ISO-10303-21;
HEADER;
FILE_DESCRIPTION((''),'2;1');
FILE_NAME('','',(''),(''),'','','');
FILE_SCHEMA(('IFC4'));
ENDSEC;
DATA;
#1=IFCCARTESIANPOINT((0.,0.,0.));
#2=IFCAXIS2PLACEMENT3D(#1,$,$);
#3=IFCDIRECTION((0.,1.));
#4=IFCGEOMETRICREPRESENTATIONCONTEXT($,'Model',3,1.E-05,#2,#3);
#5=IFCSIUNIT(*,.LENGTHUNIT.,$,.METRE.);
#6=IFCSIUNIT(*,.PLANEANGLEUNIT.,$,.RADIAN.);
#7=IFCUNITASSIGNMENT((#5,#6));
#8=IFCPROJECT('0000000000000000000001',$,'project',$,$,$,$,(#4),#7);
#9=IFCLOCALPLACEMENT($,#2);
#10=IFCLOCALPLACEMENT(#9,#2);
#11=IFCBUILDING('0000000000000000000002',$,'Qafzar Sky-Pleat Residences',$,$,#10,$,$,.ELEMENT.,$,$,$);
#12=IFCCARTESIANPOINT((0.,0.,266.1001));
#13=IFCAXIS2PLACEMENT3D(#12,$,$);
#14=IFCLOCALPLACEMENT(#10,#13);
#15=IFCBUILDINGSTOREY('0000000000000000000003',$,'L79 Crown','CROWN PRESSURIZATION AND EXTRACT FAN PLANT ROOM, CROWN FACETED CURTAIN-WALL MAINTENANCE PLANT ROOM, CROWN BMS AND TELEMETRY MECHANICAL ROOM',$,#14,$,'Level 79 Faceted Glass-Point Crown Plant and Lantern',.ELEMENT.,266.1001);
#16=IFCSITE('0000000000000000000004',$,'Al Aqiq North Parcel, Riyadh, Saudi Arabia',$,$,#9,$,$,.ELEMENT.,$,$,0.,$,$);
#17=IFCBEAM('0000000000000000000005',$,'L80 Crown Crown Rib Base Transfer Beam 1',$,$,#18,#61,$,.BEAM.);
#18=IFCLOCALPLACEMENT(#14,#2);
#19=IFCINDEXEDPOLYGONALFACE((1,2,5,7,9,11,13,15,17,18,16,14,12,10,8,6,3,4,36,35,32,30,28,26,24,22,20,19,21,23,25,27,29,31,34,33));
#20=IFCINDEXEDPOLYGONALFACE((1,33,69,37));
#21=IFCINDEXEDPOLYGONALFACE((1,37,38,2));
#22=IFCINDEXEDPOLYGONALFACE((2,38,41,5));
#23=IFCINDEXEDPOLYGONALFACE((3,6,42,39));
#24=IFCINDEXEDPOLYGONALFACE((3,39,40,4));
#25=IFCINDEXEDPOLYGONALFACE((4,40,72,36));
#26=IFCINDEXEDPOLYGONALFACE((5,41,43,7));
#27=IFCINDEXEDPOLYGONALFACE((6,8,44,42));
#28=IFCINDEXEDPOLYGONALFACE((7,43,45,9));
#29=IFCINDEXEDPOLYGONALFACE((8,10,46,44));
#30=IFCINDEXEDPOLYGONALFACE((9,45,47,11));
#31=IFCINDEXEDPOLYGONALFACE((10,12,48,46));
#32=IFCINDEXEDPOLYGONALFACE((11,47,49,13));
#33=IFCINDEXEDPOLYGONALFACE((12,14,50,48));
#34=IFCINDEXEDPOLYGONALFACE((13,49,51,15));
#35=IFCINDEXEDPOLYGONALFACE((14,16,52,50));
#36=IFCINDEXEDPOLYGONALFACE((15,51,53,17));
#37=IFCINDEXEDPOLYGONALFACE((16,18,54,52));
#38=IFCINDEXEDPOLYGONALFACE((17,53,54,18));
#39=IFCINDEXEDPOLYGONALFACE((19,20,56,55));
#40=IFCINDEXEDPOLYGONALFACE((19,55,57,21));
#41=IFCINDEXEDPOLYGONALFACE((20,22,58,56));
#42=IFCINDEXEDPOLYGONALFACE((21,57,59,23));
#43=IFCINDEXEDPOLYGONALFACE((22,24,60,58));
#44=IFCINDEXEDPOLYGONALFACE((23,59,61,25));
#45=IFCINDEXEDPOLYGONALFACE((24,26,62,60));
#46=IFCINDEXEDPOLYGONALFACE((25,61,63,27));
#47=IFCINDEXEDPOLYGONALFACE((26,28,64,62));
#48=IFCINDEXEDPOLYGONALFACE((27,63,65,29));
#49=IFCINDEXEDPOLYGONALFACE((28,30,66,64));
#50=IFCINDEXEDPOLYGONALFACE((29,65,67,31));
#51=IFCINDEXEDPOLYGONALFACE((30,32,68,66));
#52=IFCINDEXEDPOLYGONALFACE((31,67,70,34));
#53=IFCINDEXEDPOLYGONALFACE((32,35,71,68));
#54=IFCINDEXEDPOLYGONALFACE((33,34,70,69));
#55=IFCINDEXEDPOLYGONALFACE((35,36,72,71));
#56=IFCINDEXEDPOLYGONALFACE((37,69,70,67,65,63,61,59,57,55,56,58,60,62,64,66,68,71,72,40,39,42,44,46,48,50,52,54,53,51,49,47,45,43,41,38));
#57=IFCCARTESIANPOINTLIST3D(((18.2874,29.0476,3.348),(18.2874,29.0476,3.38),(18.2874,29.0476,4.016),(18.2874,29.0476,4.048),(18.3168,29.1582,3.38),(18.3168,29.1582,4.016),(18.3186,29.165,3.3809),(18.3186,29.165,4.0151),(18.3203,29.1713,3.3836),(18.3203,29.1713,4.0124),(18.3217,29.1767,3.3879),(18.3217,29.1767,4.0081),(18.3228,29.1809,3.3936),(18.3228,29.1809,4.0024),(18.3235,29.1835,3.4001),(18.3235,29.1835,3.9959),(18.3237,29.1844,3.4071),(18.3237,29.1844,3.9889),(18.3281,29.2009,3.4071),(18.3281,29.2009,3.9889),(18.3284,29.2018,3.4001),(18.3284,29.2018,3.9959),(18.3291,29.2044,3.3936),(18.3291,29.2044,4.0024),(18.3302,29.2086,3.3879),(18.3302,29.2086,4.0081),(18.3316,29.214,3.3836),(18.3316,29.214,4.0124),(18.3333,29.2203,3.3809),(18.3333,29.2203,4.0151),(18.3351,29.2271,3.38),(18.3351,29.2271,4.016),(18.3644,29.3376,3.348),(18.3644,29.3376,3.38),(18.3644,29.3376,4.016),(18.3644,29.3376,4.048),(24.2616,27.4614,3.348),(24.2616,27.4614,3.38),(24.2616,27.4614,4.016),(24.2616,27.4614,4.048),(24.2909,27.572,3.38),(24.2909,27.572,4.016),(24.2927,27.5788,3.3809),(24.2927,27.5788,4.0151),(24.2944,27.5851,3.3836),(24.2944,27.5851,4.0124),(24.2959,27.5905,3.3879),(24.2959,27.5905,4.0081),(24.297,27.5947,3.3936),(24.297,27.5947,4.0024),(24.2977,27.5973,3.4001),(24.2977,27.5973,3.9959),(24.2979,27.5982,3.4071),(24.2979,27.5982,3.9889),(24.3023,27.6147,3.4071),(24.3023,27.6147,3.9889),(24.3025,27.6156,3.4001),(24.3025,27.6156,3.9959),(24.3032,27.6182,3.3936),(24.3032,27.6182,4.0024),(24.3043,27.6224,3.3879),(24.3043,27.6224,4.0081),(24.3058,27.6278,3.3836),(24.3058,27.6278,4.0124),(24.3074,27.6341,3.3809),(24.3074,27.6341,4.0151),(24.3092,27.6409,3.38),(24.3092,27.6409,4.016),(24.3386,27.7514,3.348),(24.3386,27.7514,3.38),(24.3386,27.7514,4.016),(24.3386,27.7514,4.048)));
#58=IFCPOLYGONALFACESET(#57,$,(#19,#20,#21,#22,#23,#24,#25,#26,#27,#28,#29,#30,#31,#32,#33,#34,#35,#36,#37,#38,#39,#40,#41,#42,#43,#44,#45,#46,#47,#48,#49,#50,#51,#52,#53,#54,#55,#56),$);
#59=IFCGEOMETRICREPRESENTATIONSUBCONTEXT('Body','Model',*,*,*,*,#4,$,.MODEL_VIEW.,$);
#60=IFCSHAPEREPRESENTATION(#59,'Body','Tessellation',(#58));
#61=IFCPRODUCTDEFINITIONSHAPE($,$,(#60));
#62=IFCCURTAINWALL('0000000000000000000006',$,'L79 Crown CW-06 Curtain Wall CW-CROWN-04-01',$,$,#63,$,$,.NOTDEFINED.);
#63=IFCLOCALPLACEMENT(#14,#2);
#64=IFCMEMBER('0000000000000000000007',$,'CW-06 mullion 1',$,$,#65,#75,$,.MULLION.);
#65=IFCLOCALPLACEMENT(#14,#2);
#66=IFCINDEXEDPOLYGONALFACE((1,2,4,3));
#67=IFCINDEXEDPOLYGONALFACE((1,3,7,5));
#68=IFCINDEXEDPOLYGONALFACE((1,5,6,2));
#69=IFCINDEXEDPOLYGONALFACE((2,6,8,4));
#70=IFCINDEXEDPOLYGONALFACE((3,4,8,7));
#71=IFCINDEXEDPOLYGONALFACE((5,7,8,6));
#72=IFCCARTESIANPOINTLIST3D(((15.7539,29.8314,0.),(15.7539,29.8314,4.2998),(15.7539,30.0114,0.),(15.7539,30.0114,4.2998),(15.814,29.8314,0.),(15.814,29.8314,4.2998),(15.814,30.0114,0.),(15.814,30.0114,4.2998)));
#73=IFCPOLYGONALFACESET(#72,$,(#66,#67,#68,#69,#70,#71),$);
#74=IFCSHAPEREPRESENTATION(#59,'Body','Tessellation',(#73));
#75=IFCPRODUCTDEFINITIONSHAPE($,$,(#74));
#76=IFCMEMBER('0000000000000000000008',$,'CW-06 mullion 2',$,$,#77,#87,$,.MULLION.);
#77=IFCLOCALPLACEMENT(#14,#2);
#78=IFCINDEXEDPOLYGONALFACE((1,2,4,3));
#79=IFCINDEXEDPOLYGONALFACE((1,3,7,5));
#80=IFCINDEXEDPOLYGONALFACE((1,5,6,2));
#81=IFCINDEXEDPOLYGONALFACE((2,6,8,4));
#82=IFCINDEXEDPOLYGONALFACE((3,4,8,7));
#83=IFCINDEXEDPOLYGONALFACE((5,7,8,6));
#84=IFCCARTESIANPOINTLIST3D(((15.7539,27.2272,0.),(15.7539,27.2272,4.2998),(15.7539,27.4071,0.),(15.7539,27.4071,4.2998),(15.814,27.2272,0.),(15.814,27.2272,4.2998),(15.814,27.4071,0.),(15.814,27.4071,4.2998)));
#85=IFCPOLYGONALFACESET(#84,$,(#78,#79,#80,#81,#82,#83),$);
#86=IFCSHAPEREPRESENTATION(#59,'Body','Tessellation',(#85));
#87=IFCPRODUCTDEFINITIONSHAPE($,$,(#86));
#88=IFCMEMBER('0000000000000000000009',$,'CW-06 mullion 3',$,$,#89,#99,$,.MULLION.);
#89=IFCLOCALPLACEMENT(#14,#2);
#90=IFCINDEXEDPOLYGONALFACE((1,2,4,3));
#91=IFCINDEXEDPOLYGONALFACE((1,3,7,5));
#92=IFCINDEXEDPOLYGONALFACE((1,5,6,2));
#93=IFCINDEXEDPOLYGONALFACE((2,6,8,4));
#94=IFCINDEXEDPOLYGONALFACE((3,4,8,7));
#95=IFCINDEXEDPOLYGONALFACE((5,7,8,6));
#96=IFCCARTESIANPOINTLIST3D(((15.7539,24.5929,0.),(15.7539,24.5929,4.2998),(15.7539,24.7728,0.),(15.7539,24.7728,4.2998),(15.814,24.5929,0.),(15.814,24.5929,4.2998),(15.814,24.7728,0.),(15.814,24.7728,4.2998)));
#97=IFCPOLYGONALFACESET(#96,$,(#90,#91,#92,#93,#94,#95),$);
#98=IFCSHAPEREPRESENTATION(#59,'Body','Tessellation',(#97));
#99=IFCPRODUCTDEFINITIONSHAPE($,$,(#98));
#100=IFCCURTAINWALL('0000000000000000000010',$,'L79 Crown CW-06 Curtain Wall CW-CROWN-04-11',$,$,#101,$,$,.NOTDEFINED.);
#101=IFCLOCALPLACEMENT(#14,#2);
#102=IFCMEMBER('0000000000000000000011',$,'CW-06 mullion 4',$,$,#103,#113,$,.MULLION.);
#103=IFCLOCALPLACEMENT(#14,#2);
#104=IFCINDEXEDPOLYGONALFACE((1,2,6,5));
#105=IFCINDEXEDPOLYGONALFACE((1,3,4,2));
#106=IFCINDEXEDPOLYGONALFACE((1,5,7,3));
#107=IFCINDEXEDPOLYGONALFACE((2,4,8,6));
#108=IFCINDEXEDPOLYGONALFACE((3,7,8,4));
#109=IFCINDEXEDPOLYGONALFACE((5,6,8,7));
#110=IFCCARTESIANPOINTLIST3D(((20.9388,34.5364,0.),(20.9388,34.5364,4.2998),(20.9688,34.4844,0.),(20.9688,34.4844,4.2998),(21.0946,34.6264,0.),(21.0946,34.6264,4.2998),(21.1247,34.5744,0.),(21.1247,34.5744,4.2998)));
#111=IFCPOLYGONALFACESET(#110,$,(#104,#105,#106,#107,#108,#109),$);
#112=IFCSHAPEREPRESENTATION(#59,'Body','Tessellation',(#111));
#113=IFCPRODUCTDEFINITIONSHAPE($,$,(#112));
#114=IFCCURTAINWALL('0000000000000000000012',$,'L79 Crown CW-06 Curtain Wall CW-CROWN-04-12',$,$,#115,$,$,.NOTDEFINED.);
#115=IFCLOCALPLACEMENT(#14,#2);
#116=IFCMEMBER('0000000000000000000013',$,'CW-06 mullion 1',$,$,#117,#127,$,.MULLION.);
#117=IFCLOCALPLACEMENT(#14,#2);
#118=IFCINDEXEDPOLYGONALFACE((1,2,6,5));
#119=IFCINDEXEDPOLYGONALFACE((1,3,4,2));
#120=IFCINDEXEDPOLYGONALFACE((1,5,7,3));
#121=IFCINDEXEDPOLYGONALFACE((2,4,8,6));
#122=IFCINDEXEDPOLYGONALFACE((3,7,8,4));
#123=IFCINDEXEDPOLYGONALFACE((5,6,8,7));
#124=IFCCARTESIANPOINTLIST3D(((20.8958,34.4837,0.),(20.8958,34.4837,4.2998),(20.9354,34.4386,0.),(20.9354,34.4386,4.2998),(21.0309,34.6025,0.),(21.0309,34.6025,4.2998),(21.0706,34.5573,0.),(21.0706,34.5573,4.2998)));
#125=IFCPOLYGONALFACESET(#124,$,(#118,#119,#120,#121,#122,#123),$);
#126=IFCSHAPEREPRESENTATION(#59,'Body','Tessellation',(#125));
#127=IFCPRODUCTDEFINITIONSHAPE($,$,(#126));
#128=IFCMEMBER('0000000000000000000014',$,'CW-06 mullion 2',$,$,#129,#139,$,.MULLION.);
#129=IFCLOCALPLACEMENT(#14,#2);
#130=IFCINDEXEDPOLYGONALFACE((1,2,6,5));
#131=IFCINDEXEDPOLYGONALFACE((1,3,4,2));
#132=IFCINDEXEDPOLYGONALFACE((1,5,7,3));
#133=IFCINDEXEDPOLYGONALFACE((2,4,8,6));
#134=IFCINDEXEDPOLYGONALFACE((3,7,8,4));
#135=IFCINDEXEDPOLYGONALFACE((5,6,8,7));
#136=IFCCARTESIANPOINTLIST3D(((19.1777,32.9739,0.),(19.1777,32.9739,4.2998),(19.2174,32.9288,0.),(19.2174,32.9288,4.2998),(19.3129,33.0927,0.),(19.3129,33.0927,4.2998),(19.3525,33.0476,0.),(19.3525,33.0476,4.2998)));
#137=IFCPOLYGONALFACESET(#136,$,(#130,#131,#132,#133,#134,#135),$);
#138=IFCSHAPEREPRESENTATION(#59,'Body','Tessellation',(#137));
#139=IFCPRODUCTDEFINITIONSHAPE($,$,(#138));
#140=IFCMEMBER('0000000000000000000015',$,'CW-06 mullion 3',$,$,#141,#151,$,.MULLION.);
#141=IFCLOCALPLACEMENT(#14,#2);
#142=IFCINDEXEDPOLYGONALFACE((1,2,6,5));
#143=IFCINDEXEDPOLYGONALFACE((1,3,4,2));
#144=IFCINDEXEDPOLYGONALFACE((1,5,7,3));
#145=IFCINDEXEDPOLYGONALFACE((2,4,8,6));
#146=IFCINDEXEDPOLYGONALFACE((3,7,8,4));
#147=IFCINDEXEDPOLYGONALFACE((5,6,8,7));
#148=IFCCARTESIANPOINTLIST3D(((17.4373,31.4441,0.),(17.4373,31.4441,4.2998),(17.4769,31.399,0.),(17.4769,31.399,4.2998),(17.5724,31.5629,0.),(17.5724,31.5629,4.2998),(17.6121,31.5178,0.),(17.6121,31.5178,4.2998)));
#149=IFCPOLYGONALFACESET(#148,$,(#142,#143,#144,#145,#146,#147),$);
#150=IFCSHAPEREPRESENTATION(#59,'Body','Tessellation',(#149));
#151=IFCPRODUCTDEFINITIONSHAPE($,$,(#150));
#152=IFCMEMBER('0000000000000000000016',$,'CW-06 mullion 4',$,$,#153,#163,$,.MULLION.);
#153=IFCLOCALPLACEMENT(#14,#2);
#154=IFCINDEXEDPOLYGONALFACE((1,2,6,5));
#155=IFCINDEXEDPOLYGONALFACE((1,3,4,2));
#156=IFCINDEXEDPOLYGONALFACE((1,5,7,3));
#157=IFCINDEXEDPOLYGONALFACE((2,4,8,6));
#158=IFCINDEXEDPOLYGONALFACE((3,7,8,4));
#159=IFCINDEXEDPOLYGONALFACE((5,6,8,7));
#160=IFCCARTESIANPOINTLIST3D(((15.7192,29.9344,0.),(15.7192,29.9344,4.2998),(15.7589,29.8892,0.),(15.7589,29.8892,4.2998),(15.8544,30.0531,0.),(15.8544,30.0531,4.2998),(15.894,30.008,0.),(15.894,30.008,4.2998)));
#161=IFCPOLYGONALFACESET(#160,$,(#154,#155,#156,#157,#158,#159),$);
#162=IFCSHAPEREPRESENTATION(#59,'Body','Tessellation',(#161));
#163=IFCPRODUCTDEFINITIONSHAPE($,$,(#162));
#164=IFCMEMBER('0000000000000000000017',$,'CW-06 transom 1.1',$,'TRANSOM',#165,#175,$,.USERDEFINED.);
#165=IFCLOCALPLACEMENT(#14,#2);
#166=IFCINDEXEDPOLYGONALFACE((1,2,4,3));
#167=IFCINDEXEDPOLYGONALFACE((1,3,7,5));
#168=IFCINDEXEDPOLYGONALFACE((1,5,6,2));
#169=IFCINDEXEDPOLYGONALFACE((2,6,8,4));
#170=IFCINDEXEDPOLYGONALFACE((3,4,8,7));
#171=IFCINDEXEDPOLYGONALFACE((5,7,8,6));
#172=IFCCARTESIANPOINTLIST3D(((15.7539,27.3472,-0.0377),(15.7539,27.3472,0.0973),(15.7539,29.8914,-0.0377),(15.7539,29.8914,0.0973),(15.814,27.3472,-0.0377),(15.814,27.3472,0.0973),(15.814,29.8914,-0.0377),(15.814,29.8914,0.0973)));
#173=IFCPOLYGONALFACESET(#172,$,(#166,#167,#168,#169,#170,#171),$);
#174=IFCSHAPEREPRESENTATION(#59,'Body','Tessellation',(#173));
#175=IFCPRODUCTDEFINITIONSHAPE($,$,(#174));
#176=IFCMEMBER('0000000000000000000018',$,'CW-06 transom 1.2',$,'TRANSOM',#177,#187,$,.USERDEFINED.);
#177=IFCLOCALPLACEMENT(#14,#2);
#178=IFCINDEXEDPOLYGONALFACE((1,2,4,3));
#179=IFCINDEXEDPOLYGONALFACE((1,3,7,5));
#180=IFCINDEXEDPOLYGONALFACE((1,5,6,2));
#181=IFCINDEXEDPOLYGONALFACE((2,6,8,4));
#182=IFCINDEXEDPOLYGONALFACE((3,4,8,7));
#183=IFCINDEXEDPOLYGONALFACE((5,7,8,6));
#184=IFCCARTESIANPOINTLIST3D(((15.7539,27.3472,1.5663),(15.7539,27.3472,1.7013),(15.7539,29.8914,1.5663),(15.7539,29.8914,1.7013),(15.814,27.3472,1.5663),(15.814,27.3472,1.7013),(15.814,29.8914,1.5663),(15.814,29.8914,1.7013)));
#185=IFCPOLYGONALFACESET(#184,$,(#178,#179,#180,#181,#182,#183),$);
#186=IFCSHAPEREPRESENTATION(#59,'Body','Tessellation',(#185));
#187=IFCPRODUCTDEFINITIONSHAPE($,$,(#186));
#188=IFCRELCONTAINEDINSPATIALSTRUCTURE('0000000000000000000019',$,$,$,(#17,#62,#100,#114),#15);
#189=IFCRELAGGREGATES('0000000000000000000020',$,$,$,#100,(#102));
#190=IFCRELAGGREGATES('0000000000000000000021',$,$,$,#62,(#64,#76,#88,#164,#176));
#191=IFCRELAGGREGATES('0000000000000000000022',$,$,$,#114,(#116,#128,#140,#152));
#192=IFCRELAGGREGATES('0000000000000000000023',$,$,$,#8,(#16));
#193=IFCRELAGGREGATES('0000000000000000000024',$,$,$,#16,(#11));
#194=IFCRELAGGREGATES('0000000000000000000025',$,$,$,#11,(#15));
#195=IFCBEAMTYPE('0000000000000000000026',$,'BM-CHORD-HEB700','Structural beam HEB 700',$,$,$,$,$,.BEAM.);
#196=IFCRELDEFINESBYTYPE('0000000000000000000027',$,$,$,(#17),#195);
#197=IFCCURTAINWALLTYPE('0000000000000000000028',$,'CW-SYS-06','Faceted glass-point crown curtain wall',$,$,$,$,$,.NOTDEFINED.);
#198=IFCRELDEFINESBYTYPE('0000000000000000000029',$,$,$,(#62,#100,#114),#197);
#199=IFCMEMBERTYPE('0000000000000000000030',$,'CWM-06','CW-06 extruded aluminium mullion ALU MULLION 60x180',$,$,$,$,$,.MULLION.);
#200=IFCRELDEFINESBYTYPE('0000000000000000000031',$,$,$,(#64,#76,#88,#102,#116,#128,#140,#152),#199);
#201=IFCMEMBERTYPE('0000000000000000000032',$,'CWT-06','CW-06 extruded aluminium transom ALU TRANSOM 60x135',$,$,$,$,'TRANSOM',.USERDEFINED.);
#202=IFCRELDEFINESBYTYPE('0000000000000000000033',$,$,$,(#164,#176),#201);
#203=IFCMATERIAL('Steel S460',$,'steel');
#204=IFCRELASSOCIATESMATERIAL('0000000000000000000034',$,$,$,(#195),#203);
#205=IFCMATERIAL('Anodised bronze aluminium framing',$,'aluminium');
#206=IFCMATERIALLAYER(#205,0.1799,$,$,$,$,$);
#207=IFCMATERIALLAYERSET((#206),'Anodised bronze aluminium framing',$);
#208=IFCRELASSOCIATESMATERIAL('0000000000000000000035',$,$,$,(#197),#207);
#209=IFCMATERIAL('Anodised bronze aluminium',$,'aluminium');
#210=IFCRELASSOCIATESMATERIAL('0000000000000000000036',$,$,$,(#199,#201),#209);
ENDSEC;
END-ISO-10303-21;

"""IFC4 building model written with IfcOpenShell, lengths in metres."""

from ifc_helpers import new_model, si_unit, direction, frame, origin, origin_2d, place, context, subcontext, project, spatial, rectangle, i_section, extrude, source, transform, mapped, material, layer, layer_set, material_profile, profile_set, type_object, element, aggregate, save


model = new_model("IFC4")

# Units and contexts
model_context = context("Model", 3, precision=1e-05, world=origin(), true_north=direction((0.0, 1.0)))
body_context = subcontext(model_context, "Body", "Model", "MODEL_VIEW")
ifc_project = project(units=[si_unit("LENGTHUNIT", "METRE"), si_unit("PLANEANGLEUNIT", "RADIAN")], contexts=[model_context])

# Site, building, storey
site_placement = place(None, origin())
site = spatial("IfcSite", under=ifc_project, at=site_placement, Name="Al Aqiq North Parcel, Riyadh, Saudi Arabia", CompositionType="ELEMENT", RefElevation=0.0)
building_placement = place(site_placement, origin())
building = spatial("IfcBuilding", under=site, at=building_placement, Name="Qafzar Sky-Pleat Residences", CompositionType="ELEMENT")
storey_placement = place(building_placement, frame((0.0, 0.0, 266.1001)))
storey = spatial("IfcBuildingStorey", under=building, at=storey_placement, Name="L79 Crown", Description="CROWN PRESSURIZATION AND EXTRACT FAN PLANT ROOM, CROWN FACETED CURTAIN-WALL MAINTENANCE PLANT ROOM, CROWN BMS AND TELEMETRY MECHANICAL ROOM", LongName="Level 79 Faceted Glass-Point Crown Plant and Lantern", CompositionType="ELEMENT", Elevation=266.1001)

# Shared definitions
ifc_material_1 = material(Name="Steel S460", Category="steel")

# Beam
ifc_material_profile_1 = material_profile(ifc_material_1, i_section(OverallWidth=0.3, OverallDepth=0.7, WebThickness=0.0171, FlangeThickness=0.032, FilletRadius=0.0271, at=origin_2d()), Name="HEB 700")
ifc_profile_set_1 = profile_set([ifc_material_profile_1], Name="Steel S460")
beam_type = type_object("IfcBeamType", Name="BM-CHORD-HEB700", Description="Structural beam HEB 700", PredefinedType="BEAM", material=ifc_profile_set_1)
shared_shape_1 = source(origin(), body_context, "Body", "SweptSolid", [
    extrude(i_section(OverallWidth=0.3, OverallDepth=0.7, WebThickness=0.0171, FlangeThickness=0.032, FilletRadius=0.0271, at=origin_2d()), origin(), (0.0, 0.0, 1.0), 6.1812),
])
beam_placement = place(storey_placement, frame((18.3259, 29.1926, 3.698), z_axis=(0.966513, -0.256618, 0.0), x_axis=(0.256618, 0.966513, 0.0)))
element("IfcBeam", 1, at=beam_placement, inside=storey, type_object=beam_type, Name="L80 Crown Crown Rib Base Transfer Beam 1", PredefinedType="BEAM", context=body_context, shape_type="MappedRepresentation", body=[
    mapped(shared_shape_1, transform((0.0, 0.0, 0.0), x_axis=(1.0, 0.0, 0.0), y_axis=(0.0, 1.0, 0.0), z_axis=(0.0, 0.0, 1.0), scale=1.0)),
])

# Curtain wall, members
ifc_material_2 = material(Name="Anodised bronze aluminium framing", Category="aluminium")
ifc_layer_1 = layer(ifc_material_2, 0.1799)
ifc_layer_set_1 = layer_set([ifc_layer_1], Name="Anodised bronze aluminium framing")
curtain_wall_type = type_object("IfcCurtainWallType", Name="CW-SYS-06", Description="Faceted glass-point crown curtain wall", PredefinedType="NOTDEFINED", material=ifc_layer_set_1)
curtain_wall_1_placement = place(storey_placement, origin())
curtain_wall_1 = element("IfcCurtainWall", 2, at=curtain_wall_1_placement, inside=storey, type_object=curtain_wall_type, Name="L79 Crown CW-06 Curtain Wall CW-CROWN-04-01", PredefinedType="NOTDEFINED")
ifc_material_3 = material(Name="Anodised bronze aluminium", Category="aluminium")
ifc_material_profile_2 = material_profile(ifc_material_3, rectangle(XDim=0.0601, YDim=0.1799, at=origin_2d()), Name="ALU MULLION 60x180")
ifc_profile_set_2 = profile_set([ifc_material_profile_2], Name="Anodised bronze aluminium")
member_type_1 = type_object("IfcMemberType", Name="CWM-06", Description="CW-06 extruded aluminium mullion ALU MULLION 60x180", PredefinedType="MULLION", material=ifc_profile_set_2)
shared_shape_2 = source(origin(), body_context, "Body", "SweptSolid", [
    extrude(rectangle(XDim=0.0601, YDim=0.1799, at=origin_2d()), origin(), (0.0, 0.0, 1.0), 4.2998),
])
member_1_placement = place(storey_placement, frame((15.7839, 29.9214, 0.0), z_axis=(0.0, 0.0, 1.0), x_axis=(1.0, 0.0, 0.0)))
member_1 = element("IfcMember", 3, at=member_1_placement, type_object=member_type_1, Name="CW-06 mullion 1", PredefinedType="MULLION", context=body_context, shape_type="MappedRepresentation", body=[
    mapped(shared_shape_2, transform((0.0, 0.0, 0.0), x_axis=(1.0, 0.0, 0.0), y_axis=(0.0, 1.0, 0.0), z_axis=(0.0, 0.0, 1.0), scale=1.0)),
])
member_2_placement = place(storey_placement, frame((15.7839, 27.3171, 0.0), z_axis=(0.0, 0.0, 1.0), x_axis=(1.0, 0.0, 0.0)))
member_2 = element("IfcMember", 4, at=member_2_placement, type_object=member_type_1, Name="CW-06 mullion 2", PredefinedType="MULLION", context=body_context, shape_type="MappedRepresentation", body=[
    mapped(shared_shape_2, transform((0.0, 0.0, 0.0), x_axis=(1.0, 0.0, 0.0), y_axis=(0.0, 1.0, 0.0), z_axis=(0.0, 0.0, 1.0), scale=1.0)),
])
member_3_placement = place(storey_placement, frame((15.7839, 24.6829, 0.0), z_axis=(0.0, 0.0, 1.0), x_axis=(1.0, 0.0, 0.0)))
member_3 = element("IfcMember", 5, at=member_3_placement, type_object=member_type_1, Name="CW-06 mullion 3", PredefinedType="MULLION", context=body_context, shape_type="MappedRepresentation", body=[
    mapped(shared_shape_2, transform((0.0, 0.0, 0.0), x_axis=(1.0, 0.0, 0.0), y_axis=(0.0, 1.0, 0.0), z_axis=(0.0, 0.0, 1.0), scale=1.0)),
])

# Curtain wall, member
curtain_wall_2_placement = place(storey_placement, origin())
curtain_wall_2 = element("IfcCurtainWall", 6, at=curtain_wall_2_placement, inside=storey, type_object=curtain_wall_type, Name="L79 Crown CW-06 Curtain Wall CW-CROWN-04-11", PredefinedType="NOTDEFINED")
member_4_placement = place(storey_placement, frame((21.0317, 34.5554, 0.0), z_axis=(0.0, 0.0, 1.0), x_axis=(0.500003, -0.866024, 0.0)))
member_4 = element("IfcMember", 7, at=member_4_placement, type_object=member_type_1, Name="CW-06 mullion 4", PredefinedType="MULLION", context=body_context, shape_type="MappedRepresentation", body=[
    mapped(shared_shape_2, transform((0.0, 0.0, 0.0), x_axis=(1.0, 0.0, 0.0), y_axis=(0.0, 1.0, 0.0), z_axis=(0.0, 0.0, 1.0), scale=1.0)),
])
aggregate(curtain_wall_2, [member_4])

# Curtain wall, members
curtain_wall_3_placement = place(storey_placement, origin())
curtain_wall_3 = element("IfcCurtainWall", 8, at=curtain_wall_3_placement, inside=storey, type_object=curtain_wall_type, Name="L79 Crown CW-06 Curtain Wall CW-CROWN-04-12", PredefinedType="NOTDEFINED")
member_5_placement = place(storey_placement, frame((20.9832, 34.5205, 0.0), z_axis=(0.0, 0.0, 1.0), x_axis=(0.660125, -0.751155, 0.0)))
member_5 = element("IfcMember", 9, at=member_5_placement, type_object=member_type_1, Name="CW-06 mullion 1", PredefinedType="MULLION", context=body_context, shape_type="MappedRepresentation", body=[
    mapped(shared_shape_2, transform((0.0, 0.0, 0.0), x_axis=(1.0, 0.0, 0.0), y_axis=(0.0, 1.0, 0.0), z_axis=(0.0, 0.0, 1.0), scale=1.0)),
])
member_6_placement = place(storey_placement, frame((19.2651, 33.0107, 0.0), z_axis=(0.0, 0.0, 1.0), x_axis=(0.660125, -0.751155, 0.0)))
member_6 = element("IfcMember", 10, at=member_6_placement, type_object=member_type_1, Name="CW-06 mullion 2", PredefinedType="MULLION", context=body_context, shape_type="MappedRepresentation", body=[
    mapped(shared_shape_2, transform((0.0, 0.0, 0.0), x_axis=(1.0, 0.0, 0.0), y_axis=(0.0, 1.0, 0.0), z_axis=(0.0, 0.0, 1.0), scale=1.0)),
])
member_7_placement = place(storey_placement, frame((17.5247, 31.481, 0.0), z_axis=(0.0, 0.0, 1.0), x_axis=(0.660125, -0.751155, 0.0)))
member_7 = element("IfcMember", 11, at=member_7_placement, type_object=member_type_1, Name="CW-06 mullion 3", PredefinedType="MULLION", context=body_context, shape_type="MappedRepresentation", body=[
    mapped(shared_shape_2, transform((0.0, 0.0, 0.0), x_axis=(1.0, 0.0, 0.0), y_axis=(0.0, 1.0, 0.0), z_axis=(0.0, 0.0, 1.0), scale=1.0)),
])
member_8_placement = place(storey_placement, frame((15.8066, 29.9712, 0.0), z_axis=(0.0, 0.0, 1.0), x_axis=(0.660125, -0.751155, 0.0)))
member_8 = element("IfcMember", 12, at=member_8_placement, type_object=member_type_1, Name="CW-06 mullion 4", PredefinedType="MULLION", context=body_context, shape_type="MappedRepresentation", body=[
    mapped(shared_shape_2, transform((0.0, 0.0, 0.0), x_axis=(1.0, 0.0, 0.0), y_axis=(0.0, 1.0, 0.0), z_axis=(0.0, 0.0, 1.0), scale=1.0)),
])

# Members
ifc_material_profile_3 = material_profile(ifc_material_3, rectangle(XDim=0.0601, YDim=0.135, at=origin_2d()), Name="ALU TRANSOM 60x135")
ifc_profile_set_3 = profile_set([ifc_material_profile_3], Name="Anodised bronze aluminium")
member_type_2 = type_object("IfcMemberType", Name="CWT-06", Description="CW-06 extruded aluminium transom ALU TRANSOM 60x135", ElementType="TRANSOM", PredefinedType="USERDEFINED", material=ifc_profile_set_3)
shared_shape_3 = source(origin(), body_context, "Body", "SweptSolid", [
    extrude(rectangle(XDim=0.0601, YDim=0.135, at=origin_2d()), origin(), (0.0, 0.0, 1.0), 2.5442),
])
member_9_placement = place(storey_placement, frame((15.7839, 29.8914, 0.0298), z_axis=(0.0, -1.0, 0.0), x_axis=(1.0, 0.0, 0.0)))
member_9 = element("IfcMember", 13, at=member_9_placement, type_object=member_type_2, Name="CW-06 transom 1.1", ObjectType="TRANSOM", PredefinedType="USERDEFINED", context=body_context, shape_type="MappedRepresentation", body=[
    mapped(shared_shape_3, transform((0.0, 0.0, 0.0), x_axis=(1.0, 0.0, 0.0), y_axis=(0.0, 1.0, 0.0), z_axis=(0.0, 0.0, 1.0), scale=1.0)),
])
member_10_placement = place(storey_placement, frame((15.7839, 29.8914, 1.6338), z_axis=(0.0, -1.0, 0.0), x_axis=(1.0, 0.0, 0.0)))
member_10 = element("IfcMember", 14, at=member_10_placement, type_object=member_type_2, Name="CW-06 transom 1.2", ObjectType="TRANSOM", PredefinedType="USERDEFINED", context=body_context, shape_type="MappedRepresentation", body=[
    mapped(shared_shape_3, transform((0.0, 0.0, 0.0), x_axis=(1.0, 0.0, 0.0), y_axis=(0.0, 1.0, 0.0), z_axis=(0.0, 0.0, 1.0), scale=1.0)),
])

aggregate(curtain_wall_1, [member_1, member_2, member_3, member_9, member_10])
aggregate(curtain_wall_3, [member_5, member_6, member_7, member_8])

save(model, "model.ifc")
